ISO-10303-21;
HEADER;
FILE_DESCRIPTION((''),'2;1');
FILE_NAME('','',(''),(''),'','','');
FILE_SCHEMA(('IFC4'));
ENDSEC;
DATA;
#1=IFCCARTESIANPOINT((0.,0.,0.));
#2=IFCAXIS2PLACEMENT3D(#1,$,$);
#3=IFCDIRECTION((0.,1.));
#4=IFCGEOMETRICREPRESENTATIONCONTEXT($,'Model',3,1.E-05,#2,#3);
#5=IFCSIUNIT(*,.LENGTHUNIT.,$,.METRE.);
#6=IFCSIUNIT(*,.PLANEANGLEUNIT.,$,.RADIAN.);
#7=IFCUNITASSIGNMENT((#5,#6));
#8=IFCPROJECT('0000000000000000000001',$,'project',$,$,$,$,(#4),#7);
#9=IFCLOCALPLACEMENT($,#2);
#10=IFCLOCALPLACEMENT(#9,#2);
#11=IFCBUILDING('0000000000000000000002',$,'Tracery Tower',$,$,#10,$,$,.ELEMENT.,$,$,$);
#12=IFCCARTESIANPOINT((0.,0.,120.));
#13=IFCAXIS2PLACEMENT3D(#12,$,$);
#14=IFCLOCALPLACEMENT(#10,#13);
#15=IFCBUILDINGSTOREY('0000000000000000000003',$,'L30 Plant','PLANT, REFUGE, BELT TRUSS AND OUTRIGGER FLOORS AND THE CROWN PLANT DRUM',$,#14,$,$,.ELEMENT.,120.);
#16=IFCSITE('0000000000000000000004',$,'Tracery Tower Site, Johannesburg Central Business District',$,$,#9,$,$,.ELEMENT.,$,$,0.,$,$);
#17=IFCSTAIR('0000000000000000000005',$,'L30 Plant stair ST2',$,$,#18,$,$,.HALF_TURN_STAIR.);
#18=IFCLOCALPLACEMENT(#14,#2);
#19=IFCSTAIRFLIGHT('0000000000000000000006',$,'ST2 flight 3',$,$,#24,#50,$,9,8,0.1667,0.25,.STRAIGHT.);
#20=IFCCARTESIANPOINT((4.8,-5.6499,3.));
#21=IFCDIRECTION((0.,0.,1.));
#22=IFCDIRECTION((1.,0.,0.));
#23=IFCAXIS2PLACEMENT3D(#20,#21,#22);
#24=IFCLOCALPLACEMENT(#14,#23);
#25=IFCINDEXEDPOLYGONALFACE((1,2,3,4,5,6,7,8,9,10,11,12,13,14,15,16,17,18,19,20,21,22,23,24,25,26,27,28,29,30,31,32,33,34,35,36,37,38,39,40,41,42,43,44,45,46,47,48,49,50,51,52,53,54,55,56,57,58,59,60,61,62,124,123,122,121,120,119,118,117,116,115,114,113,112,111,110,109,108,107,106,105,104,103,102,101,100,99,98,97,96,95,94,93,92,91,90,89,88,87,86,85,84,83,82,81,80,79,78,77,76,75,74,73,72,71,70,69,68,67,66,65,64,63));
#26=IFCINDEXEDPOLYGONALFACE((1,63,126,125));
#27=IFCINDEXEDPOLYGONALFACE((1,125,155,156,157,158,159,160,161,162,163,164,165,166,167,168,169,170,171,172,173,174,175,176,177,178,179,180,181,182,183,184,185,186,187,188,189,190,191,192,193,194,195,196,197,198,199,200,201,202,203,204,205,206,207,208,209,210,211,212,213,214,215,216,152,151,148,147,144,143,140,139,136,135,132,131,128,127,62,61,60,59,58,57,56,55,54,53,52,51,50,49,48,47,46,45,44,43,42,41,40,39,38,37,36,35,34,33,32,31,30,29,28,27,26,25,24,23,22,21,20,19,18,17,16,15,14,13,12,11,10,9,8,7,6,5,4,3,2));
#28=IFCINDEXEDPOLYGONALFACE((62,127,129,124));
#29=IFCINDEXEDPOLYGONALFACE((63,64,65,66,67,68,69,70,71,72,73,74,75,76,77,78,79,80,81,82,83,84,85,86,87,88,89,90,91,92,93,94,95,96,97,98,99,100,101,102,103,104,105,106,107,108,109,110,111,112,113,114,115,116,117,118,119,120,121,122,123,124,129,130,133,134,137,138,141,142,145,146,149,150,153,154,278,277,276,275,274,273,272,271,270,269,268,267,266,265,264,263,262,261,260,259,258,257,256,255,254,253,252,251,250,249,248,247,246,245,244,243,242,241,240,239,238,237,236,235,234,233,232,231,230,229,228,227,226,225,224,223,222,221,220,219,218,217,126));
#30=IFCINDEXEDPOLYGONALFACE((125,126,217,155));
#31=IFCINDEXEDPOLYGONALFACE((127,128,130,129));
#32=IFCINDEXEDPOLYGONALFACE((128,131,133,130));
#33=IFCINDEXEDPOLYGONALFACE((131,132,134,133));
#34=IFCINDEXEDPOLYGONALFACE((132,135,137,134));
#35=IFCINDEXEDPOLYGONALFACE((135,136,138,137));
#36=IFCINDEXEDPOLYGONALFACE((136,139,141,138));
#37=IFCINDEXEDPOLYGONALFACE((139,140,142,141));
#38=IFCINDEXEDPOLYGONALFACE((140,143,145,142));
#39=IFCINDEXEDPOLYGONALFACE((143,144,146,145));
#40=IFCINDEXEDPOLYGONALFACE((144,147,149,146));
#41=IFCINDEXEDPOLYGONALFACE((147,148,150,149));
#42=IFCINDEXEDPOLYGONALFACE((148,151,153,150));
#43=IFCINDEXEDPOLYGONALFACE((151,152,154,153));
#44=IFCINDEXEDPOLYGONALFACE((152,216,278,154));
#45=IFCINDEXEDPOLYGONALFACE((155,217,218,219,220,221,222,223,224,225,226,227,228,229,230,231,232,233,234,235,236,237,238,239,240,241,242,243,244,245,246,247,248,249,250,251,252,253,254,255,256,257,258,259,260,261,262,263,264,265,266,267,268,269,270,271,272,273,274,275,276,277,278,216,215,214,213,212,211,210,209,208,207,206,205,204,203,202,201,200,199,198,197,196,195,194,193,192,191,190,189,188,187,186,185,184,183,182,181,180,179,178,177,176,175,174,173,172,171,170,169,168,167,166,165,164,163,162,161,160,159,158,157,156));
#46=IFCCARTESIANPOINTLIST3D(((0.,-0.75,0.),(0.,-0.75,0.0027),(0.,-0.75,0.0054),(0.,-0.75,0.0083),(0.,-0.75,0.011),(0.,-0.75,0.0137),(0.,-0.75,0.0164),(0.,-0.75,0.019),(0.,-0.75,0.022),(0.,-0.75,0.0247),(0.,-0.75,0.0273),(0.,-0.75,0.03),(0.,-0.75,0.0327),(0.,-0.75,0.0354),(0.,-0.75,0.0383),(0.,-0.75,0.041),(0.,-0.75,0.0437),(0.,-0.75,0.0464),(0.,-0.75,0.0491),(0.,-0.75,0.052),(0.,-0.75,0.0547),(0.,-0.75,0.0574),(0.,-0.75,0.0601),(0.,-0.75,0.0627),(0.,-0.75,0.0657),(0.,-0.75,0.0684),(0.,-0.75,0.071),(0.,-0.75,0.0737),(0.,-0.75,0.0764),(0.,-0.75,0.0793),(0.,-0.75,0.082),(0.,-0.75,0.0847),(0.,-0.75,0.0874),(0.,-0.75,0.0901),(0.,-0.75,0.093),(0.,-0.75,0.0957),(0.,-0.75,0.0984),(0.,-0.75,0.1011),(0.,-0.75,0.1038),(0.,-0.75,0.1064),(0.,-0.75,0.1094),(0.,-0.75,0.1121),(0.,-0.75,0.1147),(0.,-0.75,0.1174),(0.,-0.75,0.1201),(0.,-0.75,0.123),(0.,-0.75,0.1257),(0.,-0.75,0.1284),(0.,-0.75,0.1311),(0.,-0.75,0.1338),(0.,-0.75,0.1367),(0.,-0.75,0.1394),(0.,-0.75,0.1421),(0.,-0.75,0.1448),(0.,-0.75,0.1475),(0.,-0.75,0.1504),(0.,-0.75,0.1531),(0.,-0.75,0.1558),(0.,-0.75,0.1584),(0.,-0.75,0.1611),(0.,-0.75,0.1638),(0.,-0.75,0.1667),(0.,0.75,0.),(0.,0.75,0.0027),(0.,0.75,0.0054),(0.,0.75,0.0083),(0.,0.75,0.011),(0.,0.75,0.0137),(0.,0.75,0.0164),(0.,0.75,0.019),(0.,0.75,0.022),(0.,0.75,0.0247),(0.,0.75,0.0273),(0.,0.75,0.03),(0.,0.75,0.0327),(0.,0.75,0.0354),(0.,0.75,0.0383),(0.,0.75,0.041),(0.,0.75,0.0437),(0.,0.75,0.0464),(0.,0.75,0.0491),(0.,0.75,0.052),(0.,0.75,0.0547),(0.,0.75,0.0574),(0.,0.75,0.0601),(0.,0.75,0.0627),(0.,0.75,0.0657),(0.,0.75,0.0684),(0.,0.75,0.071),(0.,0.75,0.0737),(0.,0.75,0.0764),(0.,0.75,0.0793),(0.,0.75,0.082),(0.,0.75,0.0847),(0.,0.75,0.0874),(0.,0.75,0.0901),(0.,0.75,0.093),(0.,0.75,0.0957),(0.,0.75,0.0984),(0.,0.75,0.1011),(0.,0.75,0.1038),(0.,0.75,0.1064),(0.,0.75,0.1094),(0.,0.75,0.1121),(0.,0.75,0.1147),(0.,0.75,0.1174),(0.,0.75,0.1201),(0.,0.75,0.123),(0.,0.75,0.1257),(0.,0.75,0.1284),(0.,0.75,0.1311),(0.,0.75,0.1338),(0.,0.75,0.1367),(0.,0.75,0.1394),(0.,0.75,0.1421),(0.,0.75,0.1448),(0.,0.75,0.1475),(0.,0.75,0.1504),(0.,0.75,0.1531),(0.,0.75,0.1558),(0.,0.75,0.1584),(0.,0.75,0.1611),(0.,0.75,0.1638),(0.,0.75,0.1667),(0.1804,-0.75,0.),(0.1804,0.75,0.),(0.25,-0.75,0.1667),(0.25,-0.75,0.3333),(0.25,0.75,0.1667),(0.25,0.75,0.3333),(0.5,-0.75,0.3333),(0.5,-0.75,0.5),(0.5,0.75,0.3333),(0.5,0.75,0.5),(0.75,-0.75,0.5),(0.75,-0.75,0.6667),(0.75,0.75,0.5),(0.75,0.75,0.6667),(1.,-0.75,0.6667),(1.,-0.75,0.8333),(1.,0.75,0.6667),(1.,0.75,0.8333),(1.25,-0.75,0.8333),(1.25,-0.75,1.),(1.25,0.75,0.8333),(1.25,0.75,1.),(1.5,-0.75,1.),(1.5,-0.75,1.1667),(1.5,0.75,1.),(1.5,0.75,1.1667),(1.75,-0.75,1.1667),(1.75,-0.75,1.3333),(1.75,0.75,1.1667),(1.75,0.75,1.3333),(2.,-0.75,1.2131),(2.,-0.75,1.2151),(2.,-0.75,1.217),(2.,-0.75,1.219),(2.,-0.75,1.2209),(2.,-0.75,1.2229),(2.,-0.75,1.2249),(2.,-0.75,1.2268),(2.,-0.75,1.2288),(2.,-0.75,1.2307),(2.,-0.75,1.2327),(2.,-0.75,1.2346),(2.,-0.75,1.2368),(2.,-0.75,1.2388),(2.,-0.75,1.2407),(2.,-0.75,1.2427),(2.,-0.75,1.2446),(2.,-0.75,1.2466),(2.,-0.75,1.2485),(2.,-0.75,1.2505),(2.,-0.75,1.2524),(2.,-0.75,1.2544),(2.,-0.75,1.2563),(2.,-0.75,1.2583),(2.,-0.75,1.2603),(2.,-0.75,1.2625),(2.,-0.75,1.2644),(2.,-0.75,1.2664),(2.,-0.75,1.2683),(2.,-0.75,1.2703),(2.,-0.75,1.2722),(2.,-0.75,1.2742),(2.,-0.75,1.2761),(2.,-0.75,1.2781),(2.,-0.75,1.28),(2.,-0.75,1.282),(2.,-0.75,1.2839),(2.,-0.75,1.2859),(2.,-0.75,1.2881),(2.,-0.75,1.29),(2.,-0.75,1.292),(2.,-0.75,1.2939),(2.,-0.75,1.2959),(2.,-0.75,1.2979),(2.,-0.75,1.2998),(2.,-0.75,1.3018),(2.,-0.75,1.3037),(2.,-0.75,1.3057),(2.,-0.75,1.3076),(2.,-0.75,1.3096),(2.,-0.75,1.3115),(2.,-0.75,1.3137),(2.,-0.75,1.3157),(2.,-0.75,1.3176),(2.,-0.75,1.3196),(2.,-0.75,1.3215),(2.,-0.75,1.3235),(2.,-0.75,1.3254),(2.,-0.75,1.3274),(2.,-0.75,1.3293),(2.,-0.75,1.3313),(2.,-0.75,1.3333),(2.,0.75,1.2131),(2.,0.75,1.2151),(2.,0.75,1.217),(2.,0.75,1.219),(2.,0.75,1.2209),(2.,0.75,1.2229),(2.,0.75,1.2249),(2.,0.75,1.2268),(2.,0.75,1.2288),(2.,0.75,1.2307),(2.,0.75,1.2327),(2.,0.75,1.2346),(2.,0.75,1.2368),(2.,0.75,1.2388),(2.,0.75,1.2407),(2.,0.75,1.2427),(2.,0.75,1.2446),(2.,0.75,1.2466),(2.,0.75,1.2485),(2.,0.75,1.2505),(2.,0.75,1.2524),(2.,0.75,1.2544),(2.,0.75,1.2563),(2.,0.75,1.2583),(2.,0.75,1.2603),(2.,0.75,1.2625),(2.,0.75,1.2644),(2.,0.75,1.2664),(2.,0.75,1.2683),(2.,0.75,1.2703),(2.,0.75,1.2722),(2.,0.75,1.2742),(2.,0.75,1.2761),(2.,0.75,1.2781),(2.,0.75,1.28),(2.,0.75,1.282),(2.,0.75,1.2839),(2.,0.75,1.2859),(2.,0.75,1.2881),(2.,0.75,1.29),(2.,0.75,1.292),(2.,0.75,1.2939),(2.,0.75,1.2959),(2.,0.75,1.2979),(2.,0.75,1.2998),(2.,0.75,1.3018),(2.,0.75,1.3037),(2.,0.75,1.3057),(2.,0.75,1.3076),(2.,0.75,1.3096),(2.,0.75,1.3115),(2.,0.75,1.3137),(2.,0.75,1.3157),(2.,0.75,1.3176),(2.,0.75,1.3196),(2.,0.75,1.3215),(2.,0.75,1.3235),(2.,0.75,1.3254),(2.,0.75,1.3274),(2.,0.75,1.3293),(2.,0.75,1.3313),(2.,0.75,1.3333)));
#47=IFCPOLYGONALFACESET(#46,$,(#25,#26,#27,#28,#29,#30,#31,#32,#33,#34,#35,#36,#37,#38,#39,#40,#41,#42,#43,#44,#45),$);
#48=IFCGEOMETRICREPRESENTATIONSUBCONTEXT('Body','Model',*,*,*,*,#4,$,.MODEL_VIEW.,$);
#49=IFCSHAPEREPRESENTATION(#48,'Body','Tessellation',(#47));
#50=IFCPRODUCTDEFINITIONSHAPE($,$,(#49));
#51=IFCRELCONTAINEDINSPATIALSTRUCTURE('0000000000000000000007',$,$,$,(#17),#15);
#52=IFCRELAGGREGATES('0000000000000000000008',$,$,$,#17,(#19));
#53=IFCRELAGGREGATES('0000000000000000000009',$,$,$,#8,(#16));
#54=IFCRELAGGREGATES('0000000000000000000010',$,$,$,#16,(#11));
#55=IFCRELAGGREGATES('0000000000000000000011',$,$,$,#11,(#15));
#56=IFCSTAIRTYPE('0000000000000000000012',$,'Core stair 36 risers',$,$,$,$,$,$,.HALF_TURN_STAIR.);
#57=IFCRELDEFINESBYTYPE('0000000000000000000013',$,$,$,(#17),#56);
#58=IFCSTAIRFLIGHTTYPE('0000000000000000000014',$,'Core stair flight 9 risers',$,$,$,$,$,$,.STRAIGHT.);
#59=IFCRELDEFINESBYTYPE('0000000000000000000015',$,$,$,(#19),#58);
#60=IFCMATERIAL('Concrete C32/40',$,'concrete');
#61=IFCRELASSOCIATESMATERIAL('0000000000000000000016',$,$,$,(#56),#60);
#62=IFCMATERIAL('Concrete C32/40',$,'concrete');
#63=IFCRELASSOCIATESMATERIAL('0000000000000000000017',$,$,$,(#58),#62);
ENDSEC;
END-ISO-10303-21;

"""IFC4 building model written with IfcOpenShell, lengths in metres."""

from ifc_helpers import new_model, si_unit, direction, frame, origin, place, context, subcontext, project, spatial, polyline, outline, extrude, material, type_object, element, aggregate, save


model = new_model("IFC4")

# Units and contexts
model_context = context("Model", 3, precision=1e-05, world=origin(), true_north=direction((0.0, 1.0)))
body_context = subcontext(model_context, "Body", "Model", "MODEL_VIEW")
ifc_project = project(units=[si_unit("LENGTHUNIT", "METRE"), si_unit("PLANEANGLEUNIT", "RADIAN")], contexts=[model_context])

# Site, building, storey
site_placement = place(None, origin())
site = spatial("IfcSite", under=ifc_project, at=site_placement, Name="Tracery Tower Site, Johannesburg Central Business District", CompositionType="ELEMENT", RefElevation=0.0)
building_placement = place(site_placement, origin())
building = spatial("IfcBuilding", under=site, at=building_placement, Name="Tracery Tower", CompositionType="ELEMENT")
storey_placement = place(building_placement, frame((0.0, 0.0, 120.0)))
storey = spatial("IfcBuildingStorey", under=building, at=storey_placement, Name="L30 Plant", Description="PLANT, REFUGE, BELT TRUSS AND OUTRIGGER FLOORS AND THE CROWN PLANT DRUM", CompositionType="ELEMENT", Elevation=120.0)

# Stair, stair flight
ifc_material_1 = material(Name="Concrete C32/40", Category="concrete")
stair_type = type_object("IfcStairType", Name="Core stair 36 risers", PredefinedType="HALF_TURN_STAIR", material=ifc_material_1)
stair_placement = place(storey_placement, origin())
stair = element("IfcStair", 1, at=stair_placement, inside=storey, type_object=stair_type, Name="L30 Plant stair ST2", PredefinedType="HALF_TURN_STAIR")
ifc_material_2 = material(Name="Concrete C32/40", Category="concrete")
stair_flight_type = type_object("IfcStairFlightType", Name="Core stair flight 9 risers", PredefinedType="STRAIGHT", material=ifc_material_2)
stair_flight_1_placement = place(storey_placement, frame((4.8, -5.6499, 3.0), z_axis=(0.0, 0.0, 1.0), x_axis=(1.0, 0.0, 0.0)))
stair_flight_1 = element("IfcStairFlight", 2, at=stair_flight_1_placement, type_object=stair_flight_type, Name="ST2 flight 3", NumberOfRisers=9, NumberOfTreads=8, PredefinedType="STRAIGHT", RiserHeight=0.1667, TreadLength=0.25, context=body_context, shape_type="SweptSolid", body=[
    extrude(outline(polyline([(0.0, 0.0), (0.0, 0.0027), (0.0, 0.0054), (0.0, 0.0083), (0.0, 0.011), (0.0, 0.0137), (0.0, 0.0164), (0.0, 0.019), (0.0, 0.022), (0.0, 0.0247), (0.0, 0.0273), (0.0, 0.03), (0.0, 0.0327), (0.0, 0.0354), (0.0, 0.0383), (0.0, 0.041), (0.0, 0.0437), (0.0, 0.0464), (0.0, 0.0491), (0.0, 0.052), (0.0, 0.0547), (0.0, 0.0574), (0.0, 0.0601), (0.0, 0.0627), (0.0, 0.0657), (0.0, 0.0684), (0.0, 0.071), (0.0, 0.0737), (0.0, 0.0764), (0.0, 0.0793), (0.0, 0.082), (0.0, 0.0847), (0.0, 0.0874), (0.0, 0.0901), (0.0, 0.093), (0.0, 0.0957), (0.0, 0.0984), (0.0, 0.1011), (0.0, 0.1038), (0.0, 0.1064), (0.0, 0.1094), (0.0, 0.1121), (0.0, 0.1147), (0.0, 0.1174), (0.0, 0.1201), (0.0, 0.123), (0.0, 0.1257), (0.0, 0.1284), (0.0, 0.1311), (0.0, 0.1338), (0.0, 0.1367), (0.0, 0.1394), (0.0, 0.1421), (0.0, 0.1448), (0.0, 0.1475), (0.0, 0.1504), (0.0, 0.1531), (0.0, 0.1558), (0.0, 0.1584), (0.0, 0.1611), (0.0, 0.1638), (0.0, 0.1667), (0.25, 0.1667), (0.25, 0.3333), (0.5, 0.3333), (0.5, 0.5), (0.75, 0.5), (0.75, 0.6667), (1.0, 0.6667), (1.0, 0.8333), (1.25, 0.8333), (1.25, 1.0), (1.5, 1.0), (1.5, 1.1667), (1.75, 1.1667), (1.75, 1.3333), (2.0, 1.3333), (2.0, 1.3313), (2.0, 1.3293), (2.0, 1.3274), (2.0, 1.3254), (2.0, 1.3235), (2.0, 1.3215), (2.0, 1.3196), (2.0, 1.3176), (2.0, 1.3157), (2.0, 1.3137), (2.0, 1.3115), (2.0, 1.3096), (2.0, 1.3076), (2.0, 1.3057), (2.0, 1.3037), (2.0, 1.3018), (2.0, 1.2998), (2.0, 1.2979), (2.0, 1.2959), (2.0, 1.2939), (2.0, 1.292), (2.0, 1.29), (2.0, 1.2881), (2.0, 1.2859), (2.0, 1.2839), (2.0, 1.282), (2.0, 1.28), (2.0, 1.2781), (2.0, 1.2761), (2.0, 1.2742), (2.0, 1.2722), (2.0, 1.2703), (2.0, 1.2683), (2.0, 1.2664), (2.0, 1.2644), (2.0, 1.2625), (2.0, 1.2603), (2.0, 1.2583), (2.0, 1.2563), (2.0, 1.2544), (2.0, 1.2524), (2.0, 1.2505), (2.0, 1.2485), (2.0, 1.2466), (2.0, 1.2446), (2.0, 1.2427), (2.0, 1.2407), (2.0, 1.2388), (2.0, 1.2368), (2.0, 1.2346), (2.0, 1.2327), (2.0, 1.2307), (2.0, 1.2288), (2.0, 1.2268), (2.0, 1.2249), (2.0, 1.2229), (2.0, 1.2209), (2.0, 1.219), (2.0, 1.217), (2.0, 1.2151), (2.0, 1.2131), (0.1804, 0.0), (0.0, 0.0)])), frame((0.0, 0.75, 0.0), z_axis=(0.0, -1.0, 0.0), x_axis=(1.0, 0.0, 0.0)), (0.0, 0.0, 1.0), 1.5),
])
aggregate(stair, [stair_flight_1])

save(model, "model.ifc")
